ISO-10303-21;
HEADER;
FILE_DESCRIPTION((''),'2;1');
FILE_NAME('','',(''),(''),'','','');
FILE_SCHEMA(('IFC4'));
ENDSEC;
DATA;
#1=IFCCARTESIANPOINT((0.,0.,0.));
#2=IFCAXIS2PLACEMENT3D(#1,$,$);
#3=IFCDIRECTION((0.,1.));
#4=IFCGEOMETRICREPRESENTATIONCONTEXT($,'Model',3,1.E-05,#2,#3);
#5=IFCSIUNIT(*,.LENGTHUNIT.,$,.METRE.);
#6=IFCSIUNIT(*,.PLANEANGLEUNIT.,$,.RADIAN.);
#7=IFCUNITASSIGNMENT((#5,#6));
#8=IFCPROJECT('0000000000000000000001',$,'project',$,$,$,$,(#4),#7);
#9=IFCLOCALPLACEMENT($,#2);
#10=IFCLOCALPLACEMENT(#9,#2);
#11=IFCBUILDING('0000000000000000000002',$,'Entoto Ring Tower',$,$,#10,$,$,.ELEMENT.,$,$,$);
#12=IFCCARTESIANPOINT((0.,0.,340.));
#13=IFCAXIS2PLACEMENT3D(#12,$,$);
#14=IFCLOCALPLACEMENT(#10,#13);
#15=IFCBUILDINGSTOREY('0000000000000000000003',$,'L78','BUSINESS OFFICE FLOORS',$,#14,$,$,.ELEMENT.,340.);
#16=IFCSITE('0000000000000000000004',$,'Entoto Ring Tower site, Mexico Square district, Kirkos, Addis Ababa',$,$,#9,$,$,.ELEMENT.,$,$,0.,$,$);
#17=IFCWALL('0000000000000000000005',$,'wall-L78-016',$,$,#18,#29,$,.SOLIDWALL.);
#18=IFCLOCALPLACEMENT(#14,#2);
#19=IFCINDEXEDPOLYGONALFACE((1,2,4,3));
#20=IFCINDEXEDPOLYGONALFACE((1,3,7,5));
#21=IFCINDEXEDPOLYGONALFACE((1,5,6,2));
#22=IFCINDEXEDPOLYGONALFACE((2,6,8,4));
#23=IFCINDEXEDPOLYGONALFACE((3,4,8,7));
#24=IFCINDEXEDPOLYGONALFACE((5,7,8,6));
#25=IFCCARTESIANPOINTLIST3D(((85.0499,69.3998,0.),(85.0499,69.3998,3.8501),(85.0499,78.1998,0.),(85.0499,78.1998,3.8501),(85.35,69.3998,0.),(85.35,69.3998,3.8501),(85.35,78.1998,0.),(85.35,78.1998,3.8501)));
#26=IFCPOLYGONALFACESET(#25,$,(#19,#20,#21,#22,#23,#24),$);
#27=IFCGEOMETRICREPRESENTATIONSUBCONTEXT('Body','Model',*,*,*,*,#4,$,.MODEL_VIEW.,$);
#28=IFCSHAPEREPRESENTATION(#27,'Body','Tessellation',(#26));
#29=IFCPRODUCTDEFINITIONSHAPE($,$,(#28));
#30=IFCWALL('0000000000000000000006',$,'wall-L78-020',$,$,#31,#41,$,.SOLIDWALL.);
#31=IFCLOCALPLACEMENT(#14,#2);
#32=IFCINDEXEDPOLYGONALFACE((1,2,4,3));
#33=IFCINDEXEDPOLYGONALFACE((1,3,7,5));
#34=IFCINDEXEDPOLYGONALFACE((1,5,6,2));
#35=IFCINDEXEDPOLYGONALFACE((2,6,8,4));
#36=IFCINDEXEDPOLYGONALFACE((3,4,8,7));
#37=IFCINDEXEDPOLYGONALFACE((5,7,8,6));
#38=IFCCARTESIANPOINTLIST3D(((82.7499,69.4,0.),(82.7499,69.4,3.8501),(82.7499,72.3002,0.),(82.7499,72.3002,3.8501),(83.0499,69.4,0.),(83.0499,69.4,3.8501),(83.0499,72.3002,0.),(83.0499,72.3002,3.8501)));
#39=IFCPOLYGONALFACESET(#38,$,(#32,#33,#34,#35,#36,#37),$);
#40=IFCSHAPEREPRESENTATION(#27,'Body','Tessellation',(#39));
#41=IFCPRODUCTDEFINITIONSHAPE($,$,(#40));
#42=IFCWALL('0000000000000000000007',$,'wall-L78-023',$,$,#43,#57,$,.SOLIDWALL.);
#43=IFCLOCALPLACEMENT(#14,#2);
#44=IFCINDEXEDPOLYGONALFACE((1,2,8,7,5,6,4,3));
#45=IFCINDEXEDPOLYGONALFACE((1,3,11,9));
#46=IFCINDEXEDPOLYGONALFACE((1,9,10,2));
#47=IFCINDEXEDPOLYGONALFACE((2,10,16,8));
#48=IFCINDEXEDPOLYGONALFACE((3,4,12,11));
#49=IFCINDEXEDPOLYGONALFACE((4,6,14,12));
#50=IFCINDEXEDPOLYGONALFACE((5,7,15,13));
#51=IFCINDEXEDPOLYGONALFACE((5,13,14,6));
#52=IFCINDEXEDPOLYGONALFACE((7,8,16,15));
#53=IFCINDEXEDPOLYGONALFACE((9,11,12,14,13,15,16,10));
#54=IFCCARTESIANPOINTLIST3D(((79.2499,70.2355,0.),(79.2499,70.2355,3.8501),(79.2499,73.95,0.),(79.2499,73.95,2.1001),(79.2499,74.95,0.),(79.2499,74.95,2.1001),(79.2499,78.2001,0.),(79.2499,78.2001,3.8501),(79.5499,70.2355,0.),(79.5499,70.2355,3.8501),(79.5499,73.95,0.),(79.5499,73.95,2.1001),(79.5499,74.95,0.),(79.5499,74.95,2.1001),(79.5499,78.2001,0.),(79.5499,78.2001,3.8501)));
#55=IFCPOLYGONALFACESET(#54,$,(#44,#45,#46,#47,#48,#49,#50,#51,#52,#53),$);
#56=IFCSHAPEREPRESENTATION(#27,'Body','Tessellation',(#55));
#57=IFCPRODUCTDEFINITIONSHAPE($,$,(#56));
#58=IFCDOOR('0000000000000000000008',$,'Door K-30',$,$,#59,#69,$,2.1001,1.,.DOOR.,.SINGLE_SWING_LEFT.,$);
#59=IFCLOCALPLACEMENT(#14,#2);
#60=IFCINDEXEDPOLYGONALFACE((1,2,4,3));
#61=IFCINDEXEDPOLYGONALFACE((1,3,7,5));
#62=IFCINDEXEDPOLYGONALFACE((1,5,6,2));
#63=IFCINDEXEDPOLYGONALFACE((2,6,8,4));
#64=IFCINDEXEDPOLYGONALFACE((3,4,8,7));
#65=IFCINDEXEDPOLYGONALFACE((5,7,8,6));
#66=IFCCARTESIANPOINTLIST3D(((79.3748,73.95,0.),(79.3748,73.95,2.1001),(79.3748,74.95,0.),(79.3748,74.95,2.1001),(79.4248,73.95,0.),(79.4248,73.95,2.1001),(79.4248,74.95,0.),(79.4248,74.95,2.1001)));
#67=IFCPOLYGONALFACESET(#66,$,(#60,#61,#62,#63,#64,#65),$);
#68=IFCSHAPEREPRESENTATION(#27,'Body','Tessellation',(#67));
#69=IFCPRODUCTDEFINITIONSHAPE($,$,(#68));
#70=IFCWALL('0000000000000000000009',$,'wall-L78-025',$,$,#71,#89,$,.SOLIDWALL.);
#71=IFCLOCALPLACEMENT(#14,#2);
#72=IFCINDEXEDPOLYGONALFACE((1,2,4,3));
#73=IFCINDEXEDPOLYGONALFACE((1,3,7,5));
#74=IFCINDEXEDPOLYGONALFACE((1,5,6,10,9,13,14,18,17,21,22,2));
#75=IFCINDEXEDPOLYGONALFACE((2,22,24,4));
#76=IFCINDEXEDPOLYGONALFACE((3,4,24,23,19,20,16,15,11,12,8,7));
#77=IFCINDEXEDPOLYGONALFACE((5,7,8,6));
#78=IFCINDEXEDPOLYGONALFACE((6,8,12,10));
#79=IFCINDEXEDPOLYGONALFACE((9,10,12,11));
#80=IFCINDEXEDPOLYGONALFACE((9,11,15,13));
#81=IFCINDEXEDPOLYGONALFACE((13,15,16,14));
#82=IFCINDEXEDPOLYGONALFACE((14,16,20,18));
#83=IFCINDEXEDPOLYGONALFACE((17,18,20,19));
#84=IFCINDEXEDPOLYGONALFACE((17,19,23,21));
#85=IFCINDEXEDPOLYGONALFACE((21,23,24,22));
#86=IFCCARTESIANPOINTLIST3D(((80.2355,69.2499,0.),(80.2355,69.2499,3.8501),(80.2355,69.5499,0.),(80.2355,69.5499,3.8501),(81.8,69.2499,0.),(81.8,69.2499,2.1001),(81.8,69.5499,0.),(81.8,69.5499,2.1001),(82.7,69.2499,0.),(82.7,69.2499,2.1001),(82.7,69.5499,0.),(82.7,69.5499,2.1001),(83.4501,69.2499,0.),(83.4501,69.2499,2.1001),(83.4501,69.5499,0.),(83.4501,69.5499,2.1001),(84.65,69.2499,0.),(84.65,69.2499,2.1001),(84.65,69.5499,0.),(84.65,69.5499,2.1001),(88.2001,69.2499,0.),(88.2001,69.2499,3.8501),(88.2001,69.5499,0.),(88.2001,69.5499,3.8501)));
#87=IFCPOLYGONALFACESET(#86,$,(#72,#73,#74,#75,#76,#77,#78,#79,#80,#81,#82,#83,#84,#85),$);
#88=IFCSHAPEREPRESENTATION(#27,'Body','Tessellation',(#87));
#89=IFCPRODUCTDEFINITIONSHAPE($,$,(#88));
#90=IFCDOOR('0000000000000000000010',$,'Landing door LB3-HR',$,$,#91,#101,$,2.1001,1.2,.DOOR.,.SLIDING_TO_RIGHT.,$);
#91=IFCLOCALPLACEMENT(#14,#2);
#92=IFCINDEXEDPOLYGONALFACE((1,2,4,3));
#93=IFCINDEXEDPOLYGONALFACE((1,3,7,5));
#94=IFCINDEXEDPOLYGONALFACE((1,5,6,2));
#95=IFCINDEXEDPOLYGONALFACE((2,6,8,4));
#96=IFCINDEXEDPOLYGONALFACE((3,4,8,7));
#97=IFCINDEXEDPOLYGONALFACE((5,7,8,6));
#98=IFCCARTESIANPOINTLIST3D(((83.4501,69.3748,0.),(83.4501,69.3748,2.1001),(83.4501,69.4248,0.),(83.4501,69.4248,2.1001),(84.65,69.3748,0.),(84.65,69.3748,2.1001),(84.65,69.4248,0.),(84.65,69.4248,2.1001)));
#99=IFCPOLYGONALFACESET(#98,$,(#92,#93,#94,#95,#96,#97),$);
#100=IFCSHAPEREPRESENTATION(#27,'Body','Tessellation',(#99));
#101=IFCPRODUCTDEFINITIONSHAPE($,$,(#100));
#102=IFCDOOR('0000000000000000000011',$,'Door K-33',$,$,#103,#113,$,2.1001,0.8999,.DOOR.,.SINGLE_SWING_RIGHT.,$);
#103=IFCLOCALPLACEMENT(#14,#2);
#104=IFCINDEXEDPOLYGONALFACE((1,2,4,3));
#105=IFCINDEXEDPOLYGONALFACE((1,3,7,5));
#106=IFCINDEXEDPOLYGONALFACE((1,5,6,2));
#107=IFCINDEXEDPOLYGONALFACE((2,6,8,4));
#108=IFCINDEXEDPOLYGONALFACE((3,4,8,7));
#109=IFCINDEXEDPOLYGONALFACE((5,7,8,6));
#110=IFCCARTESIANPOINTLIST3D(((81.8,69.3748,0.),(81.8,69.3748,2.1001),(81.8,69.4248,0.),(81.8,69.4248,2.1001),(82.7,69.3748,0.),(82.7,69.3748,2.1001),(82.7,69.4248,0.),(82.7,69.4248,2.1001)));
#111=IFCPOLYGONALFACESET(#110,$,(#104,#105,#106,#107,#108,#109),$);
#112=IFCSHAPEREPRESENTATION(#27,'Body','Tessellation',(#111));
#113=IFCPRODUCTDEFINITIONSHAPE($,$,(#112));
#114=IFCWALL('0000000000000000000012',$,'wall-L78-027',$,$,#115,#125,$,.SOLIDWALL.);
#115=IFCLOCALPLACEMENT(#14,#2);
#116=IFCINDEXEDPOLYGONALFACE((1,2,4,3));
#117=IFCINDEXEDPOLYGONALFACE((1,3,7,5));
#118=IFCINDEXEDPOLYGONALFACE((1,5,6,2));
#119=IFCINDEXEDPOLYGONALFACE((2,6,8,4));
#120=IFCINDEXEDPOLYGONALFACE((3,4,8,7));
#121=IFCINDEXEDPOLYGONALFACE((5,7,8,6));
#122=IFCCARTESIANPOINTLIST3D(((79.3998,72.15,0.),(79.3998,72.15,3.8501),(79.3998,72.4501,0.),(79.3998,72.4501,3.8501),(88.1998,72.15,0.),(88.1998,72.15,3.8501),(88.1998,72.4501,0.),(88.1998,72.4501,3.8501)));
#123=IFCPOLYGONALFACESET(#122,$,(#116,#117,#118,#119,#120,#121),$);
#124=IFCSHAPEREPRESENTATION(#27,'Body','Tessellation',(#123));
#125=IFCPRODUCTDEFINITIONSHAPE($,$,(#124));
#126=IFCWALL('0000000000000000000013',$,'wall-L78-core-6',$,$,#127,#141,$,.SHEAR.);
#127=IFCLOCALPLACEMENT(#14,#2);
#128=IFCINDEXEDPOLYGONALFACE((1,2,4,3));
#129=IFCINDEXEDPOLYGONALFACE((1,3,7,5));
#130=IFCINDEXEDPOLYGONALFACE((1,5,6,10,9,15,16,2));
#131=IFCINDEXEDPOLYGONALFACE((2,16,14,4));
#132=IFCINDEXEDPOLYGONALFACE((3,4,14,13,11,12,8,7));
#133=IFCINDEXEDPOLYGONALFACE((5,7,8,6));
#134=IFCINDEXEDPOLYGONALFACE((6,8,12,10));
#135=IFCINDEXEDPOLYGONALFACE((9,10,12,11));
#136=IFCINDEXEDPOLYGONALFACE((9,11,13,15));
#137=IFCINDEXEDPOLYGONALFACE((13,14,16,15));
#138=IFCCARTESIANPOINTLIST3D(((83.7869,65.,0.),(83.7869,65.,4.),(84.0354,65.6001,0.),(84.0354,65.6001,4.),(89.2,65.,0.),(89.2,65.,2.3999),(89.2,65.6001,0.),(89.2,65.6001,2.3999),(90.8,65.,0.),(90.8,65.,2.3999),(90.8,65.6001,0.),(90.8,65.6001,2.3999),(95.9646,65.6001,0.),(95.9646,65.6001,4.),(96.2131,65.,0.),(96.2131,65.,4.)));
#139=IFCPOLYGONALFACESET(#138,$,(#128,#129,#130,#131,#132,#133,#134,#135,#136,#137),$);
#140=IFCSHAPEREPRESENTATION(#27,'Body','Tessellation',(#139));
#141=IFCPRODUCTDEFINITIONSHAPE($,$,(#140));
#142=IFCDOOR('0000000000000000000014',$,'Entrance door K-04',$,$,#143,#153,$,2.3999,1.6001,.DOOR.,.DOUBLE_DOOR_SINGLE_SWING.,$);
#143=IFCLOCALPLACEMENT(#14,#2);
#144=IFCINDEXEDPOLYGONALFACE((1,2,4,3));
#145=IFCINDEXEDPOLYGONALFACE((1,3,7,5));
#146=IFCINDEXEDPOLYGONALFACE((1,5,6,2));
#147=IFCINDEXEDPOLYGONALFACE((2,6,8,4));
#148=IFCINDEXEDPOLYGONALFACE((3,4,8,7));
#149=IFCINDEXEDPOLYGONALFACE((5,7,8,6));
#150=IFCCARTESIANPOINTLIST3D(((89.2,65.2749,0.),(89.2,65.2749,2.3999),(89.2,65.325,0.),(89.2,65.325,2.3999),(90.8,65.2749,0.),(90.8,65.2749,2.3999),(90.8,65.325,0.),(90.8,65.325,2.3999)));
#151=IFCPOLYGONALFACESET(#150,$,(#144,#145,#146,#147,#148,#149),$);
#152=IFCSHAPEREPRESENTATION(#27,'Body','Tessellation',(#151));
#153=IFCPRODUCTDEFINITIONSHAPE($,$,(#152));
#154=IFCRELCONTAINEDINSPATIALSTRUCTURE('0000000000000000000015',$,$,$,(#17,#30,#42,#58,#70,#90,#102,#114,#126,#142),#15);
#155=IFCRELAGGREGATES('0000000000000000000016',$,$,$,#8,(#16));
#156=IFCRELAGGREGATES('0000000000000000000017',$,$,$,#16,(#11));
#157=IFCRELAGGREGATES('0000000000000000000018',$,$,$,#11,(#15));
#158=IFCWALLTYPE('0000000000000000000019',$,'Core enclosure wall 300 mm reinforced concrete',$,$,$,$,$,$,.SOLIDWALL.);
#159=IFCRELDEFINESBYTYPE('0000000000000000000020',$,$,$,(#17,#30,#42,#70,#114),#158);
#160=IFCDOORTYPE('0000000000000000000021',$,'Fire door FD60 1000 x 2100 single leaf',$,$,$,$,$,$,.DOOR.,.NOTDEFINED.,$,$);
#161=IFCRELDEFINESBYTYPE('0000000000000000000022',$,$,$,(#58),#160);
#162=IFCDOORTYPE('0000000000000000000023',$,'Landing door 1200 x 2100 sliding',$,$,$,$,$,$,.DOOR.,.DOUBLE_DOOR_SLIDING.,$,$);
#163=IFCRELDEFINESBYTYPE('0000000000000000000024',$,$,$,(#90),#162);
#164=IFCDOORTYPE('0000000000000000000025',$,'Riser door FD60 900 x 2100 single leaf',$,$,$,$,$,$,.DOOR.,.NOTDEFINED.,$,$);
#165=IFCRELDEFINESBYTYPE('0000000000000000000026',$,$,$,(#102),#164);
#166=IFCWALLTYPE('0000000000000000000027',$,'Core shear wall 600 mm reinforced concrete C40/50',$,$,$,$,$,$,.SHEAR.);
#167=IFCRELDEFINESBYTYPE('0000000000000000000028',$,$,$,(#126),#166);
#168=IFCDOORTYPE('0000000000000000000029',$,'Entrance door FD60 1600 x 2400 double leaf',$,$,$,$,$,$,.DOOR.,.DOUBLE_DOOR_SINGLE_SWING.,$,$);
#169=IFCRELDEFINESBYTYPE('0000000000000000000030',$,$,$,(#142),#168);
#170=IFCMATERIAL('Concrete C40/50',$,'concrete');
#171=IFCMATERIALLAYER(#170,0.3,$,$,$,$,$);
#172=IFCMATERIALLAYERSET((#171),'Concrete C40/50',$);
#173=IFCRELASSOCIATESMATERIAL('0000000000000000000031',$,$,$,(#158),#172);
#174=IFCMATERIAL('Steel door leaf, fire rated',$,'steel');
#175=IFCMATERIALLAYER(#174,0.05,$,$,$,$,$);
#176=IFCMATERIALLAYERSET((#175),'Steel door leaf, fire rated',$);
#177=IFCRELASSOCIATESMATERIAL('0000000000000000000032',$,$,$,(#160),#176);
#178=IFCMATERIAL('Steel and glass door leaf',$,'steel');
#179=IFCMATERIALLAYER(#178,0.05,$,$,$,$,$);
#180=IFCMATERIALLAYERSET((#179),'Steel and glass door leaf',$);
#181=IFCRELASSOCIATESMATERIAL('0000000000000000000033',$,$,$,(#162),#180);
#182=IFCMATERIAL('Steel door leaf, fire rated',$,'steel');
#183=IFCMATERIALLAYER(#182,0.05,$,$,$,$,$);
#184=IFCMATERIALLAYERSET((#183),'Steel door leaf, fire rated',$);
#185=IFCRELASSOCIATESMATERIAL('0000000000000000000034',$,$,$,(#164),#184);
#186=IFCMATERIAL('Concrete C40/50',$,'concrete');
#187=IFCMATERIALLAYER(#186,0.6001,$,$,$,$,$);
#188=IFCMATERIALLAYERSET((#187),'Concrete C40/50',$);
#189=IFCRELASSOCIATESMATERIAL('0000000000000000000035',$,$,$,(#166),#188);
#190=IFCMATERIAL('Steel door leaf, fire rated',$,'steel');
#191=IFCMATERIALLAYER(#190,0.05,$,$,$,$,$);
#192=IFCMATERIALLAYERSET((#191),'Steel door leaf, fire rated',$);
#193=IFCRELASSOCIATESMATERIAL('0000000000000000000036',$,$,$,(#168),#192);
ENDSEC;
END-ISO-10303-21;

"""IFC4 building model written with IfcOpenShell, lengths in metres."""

from ifc_helpers import new_model, si_unit, direction, frame, frame_2d, origin, place, context, subcontext, project, spatial, polyline, rectangle, outline, extrude, material, layer, layer_set, type_object, element, fill, save


model = new_model("IFC4")

# Units and contexts
model_context = context("Model", 3, precision=1e-05, world=origin(), true_north=direction((0.0, 1.0)))
body_context = subcontext(model_context, "Body", "Model", "MODEL_VIEW")
ifc_project = project(units=[si_unit("LENGTHUNIT", "METRE"), si_unit("PLANEANGLEUNIT", "RADIAN")], contexts=[model_context])

# Site, building, storey
site_placement = place(None, origin())
site = spatial("IfcSite", under=ifc_project, at=site_placement, Name="Entoto Ring Tower site, Mexico Square district, Kirkos, Addis Ababa", CompositionType="ELEMENT", RefElevation=0.0)
building_placement = place(site_placement, origin())
building = spatial("IfcBuilding", under=site, at=building_placement, Name="Entoto Ring Tower", CompositionType="ELEMENT")
storey_placement = place(building_placement, frame((0.0, 0.0, 340.0)))
storey = spatial("IfcBuildingStorey", under=building, at=storey_placement, Name="L78", Description="BUSINESS OFFICE FLOORS", CompositionType="ELEMENT", Elevation=340.0)

# Walls
ifc_material_1 = material(Name="Concrete C40/50", Category="concrete")
ifc_layer_1 = layer(ifc_material_1, 0.3)
ifc_layer_set_1 = layer_set([ifc_layer_1], Name="Concrete C40/50")
wall_type_1 = type_object("IfcWallType", Name="Core enclosure wall 300 mm reinforced concrete", PredefinedType="SOLIDWALL", material=ifc_layer_set_1)
wall_1_placement = place(storey_placement, frame((85.2, 69.3999, 0.0), z_axis=(0.0, 0.0, 1.0), x_axis=(0.0, 1.0, 0.0)))
element("IfcWall", 1, at=wall_1_placement, inside=storey, type_object=wall_type_1, Name="wall-L78-016", PredefinedType="SOLIDWALL", context=body_context, shape_type="SweptSolid", body=[
    extrude(rectangle(XDim=8.8, YDim=0.3, at=frame_2d((4.3999, 0.0))), origin(), (0.0, 0.0, 1.0), 3.8501),
])
wall_2_placement = place(storey_placement, frame((82.8999, 69.3999, 0.0), z_axis=(0.0, 0.0, 1.0), x_axis=(0.0, 1.0, 0.0)))
element("IfcWall", 2, at=wall_2_placement, inside=storey, type_object=wall_type_1, Name="wall-L78-020", PredefinedType="SOLIDWALL", context=body_context, shape_type="SweptSolid", body=[
    extrude(rectangle(XDim=2.9001, YDim=0.3, at=frame_2d((1.4502, 0.0))), origin(), (0.0, 0.0, 1.0), 3.8501),
])

# Wall, opening, door
wall_3_placement = place(storey_placement, frame((79.3999, 70.2354, 0.0), z_axis=(0.0, 0.0, 1.0), x_axis=(0.0, 1.0, 0.0)))
wall_3 = element("IfcWall", 3, at=wall_3_placement, inside=storey, type_object=wall_type_1, Name="wall-L78-023", PredefinedType="SOLIDWALL", context=body_context, shape_type="SweptSolid", body=[
    extrude(rectangle(XDim=7.9646, YDim=0.3, at=frame_2d((3.9824, 0.0))), origin(), (0.0, 0.0, 1.0), 3.8501),
])
opening_1_placement = place(wall_3_placement, frame((3.7146, 0.0, 0.0)))
opening_1 = element("IfcOpeningElement", 4, at=opening_1_placement, cuts=wall_3, PredefinedType="OPENING", context=body_context, shape_type="SweptSolid", body=[
    extrude(rectangle(XDim=1.0, YDim=2.1001, at=frame_2d((0.5, 1.05))), frame((0.0, 0.1602, 0.0), z_axis=(0.0, -1.0, 0.0), x_axis=(1.0, 0.0, 0.0)), (0.0, 0.0, 1.0), 0.3201),
])
ifc_material_2 = material(Name="Steel door leaf, fire rated", Category="steel")
ifc_layer_2 = layer(ifc_material_2, 0.05)
ifc_layer_set_2 = layer_set([ifc_layer_2], Name="Steel door leaf, fire rated")
door_type_1 = type_object("IfcDoorType", Name="Fire door FD60 1000 x 2100 single leaf", OperationType="NOTDEFINED", PredefinedType="DOOR", material=ifc_layer_set_2)
door_1_placement = place(opening_1_placement, frame((1.0, 0.0, 0.0), z_axis=(0.0, 0.0, 1.0), x_axis=(-1.0, 0.0, 0.0)))
door_1 = element("IfcDoor", 5, at=door_1_placement, inside=storey, type_object=door_type_1, Name="Door K-30", OperationType="SINGLE_SWING_LEFT", OverallHeight=2.1001, OverallWidth=1.0, PredefinedType="DOOR", context=body_context, shape_type="SweptSolid", body=[
    extrude(rectangle(XDim=1.0, YDim=2.1001, at=frame_2d((0.5, 1.05))), frame((0.0, 0.0249, 0.0), z_axis=(0.0, -1.0, 0.0), x_axis=(1.0, 0.0, 0.0)), (0.0, 0.0, 1.0), 0.05),
])
fill(opening_1, door_1)

# Wall, openings, doors
wall_4_placement = place(storey_placement, frame((80.2354, 69.3999, 0.0), z_axis=(0.0, 0.0, 1.0), x_axis=(1.0, 0.0, 0.0)))
wall_4 = element("IfcWall", 6, at=wall_4_placement, inside=storey, type_object=wall_type_1, Name="wall-L78-025", PredefinedType="SOLIDWALL", context=body_context, shape_type="SweptSolid", body=[
    extrude(rectangle(XDim=7.9646, YDim=0.3, at=frame_2d((3.9824, 0.0))), origin(), (0.0, 0.0, 1.0), 3.8501),
])
opening_2_placement = place(wall_4_placement, frame((3.2146, 0.0, 0.0)))
opening_2 = element("IfcOpeningElement", 7, at=opening_2_placement, cuts=wall_4, PredefinedType="OPENING", context=body_context, shape_type="SweptSolid", body=[
    extrude(rectangle(XDim=1.2, YDim=2.1001, at=frame_2d((0.6001, 1.05))), frame((0.0, 0.1602, 0.0), z_axis=(0.0, -1.0, 0.0), x_axis=(1.0, 0.0, 0.0)), (0.0, 0.0, 1.0), 0.3201),
])
opening_3_placement = place(wall_4_placement, frame((1.5647, 0.0, 0.0)))
opening_3 = element("IfcOpeningElement", 8, at=opening_3_placement, cuts=wall_4, PredefinedType="OPENING", context=body_context, shape_type="SweptSolid", body=[
    extrude(rectangle(XDim=0.8999, YDim=2.1001, at=frame_2d((0.45, 1.05))), frame((0.0, 0.1602, 0.0), z_axis=(0.0, -1.0, 0.0), x_axis=(1.0, 0.0, 0.0)), (0.0, 0.0, 1.0), 0.3201),
])
ifc_material_3 = material(Name="Steel and glass door leaf", Category="steel")
ifc_layer_3 = layer(ifc_material_3, 0.05)
ifc_layer_set_3 = layer_set([ifc_layer_3], Name="Steel and glass door leaf")
door_type_2 = type_object("IfcDoorType", Name="Landing door 1200 x 2100 sliding", OperationType="DOUBLE_DOOR_SLIDING", PredefinedType="DOOR", material=ifc_layer_set_3)
door_2_placement = place(opening_2_placement, origin())
door_2 = element("IfcDoor", 9, at=door_2_placement, inside=storey, type_object=door_type_2, Name="Landing door LB3-HR", OperationType="SLIDING_TO_RIGHT", OverallHeight=2.1001, OverallWidth=1.2, PredefinedType="DOOR", context=body_context, shape_type="SweptSolid", body=[
    extrude(rectangle(XDim=1.2, YDim=2.1001, at=frame_2d((0.6001, 1.05))), frame((0.0, 0.0249, 0.0), z_axis=(0.0, -1.0, 0.0), x_axis=(1.0, 0.0, 0.0)), (0.0, 0.0, 1.0), 0.05),
])
fill(opening_2, door_2)
ifc_material_4 = material(Name="Steel door leaf, fire rated", Category="steel")
ifc_layer_4 = layer(ifc_material_4, 0.05)
ifc_layer_set_4 = layer_set([ifc_layer_4], Name="Steel door leaf, fire rated")
door_type_3 = type_object("IfcDoorType", Name="Riser door FD60 900 x 2100 single leaf", OperationType="NOTDEFINED", PredefinedType="DOOR", material=ifc_layer_set_4)
door_3_placement = place(opening_3_placement, origin())
door_3 = element("IfcDoor", 10, at=door_3_placement, inside=storey, type_object=door_type_3, Name="Door K-33", OperationType="SINGLE_SWING_RIGHT", OverallHeight=2.1001, OverallWidth=0.8999, PredefinedType="DOOR", context=body_context, shape_type="SweptSolid", body=[
    extrude(rectangle(XDim=0.8999, YDim=2.1001, at=frame_2d((0.45, 1.05))), frame((0.0, 0.0249, 0.0), z_axis=(0.0, -1.0, 0.0), x_axis=(1.0, 0.0, 0.0)), (0.0, 0.0, 1.0), 0.05),
])
fill(opening_3, door_3)

# Wall
wall_5_placement = place(storey_placement, frame((79.3999, 72.3, 0.0), z_axis=(0.0, 0.0, 1.0), x_axis=(1.0, 0.0, 0.0)))
element("IfcWall", 11, at=wall_5_placement, inside=storey, type_object=wall_type_1, Name="wall-L78-027", PredefinedType="SOLIDWALL", context=body_context, shape_type="SweptSolid", body=[
    extrude(rectangle(XDim=8.8, YDim=0.3, at=frame_2d((4.3999, 0.0))), origin(), (0.0, 0.0, 1.0), 3.8501),
])

# Wall, opening, door
ifc_material_5 = material(Name="Concrete C40/50", Category="concrete")
ifc_layer_5 = layer(ifc_material_5, 0.6001)
ifc_layer_set_5 = layer_set([ifc_layer_5], Name="Concrete C40/50")
wall_type_2 = type_object("IfcWallType", Name="Core shear wall 600 mm reinforced concrete C40/50", PredefinedType="SHEAR", material=ifc_layer_set_5)
wall_6_placement = place(storey_placement, frame((83.9111, 65.3, 0.0), z_axis=(0.0, 0.0, 1.0), x_axis=(1.0, 0.0, 0.0)))
wall_6 = element("IfcWall", 12, at=wall_6_placement, inside=storey, type_object=wall_type_2, Name="wall-L78-core-6", PredefinedType="SHEAR", context=body_context, shape_type="SweptSolid", body=[
    extrude(outline(polyline([(-0.1243, -0.3), (12.302, -0.3), (12.0535, 0.3), (0.1243, 0.3), (-0.1243, -0.3)])), origin(), (0.0, 0.0, 1.0), 4.0),
])
opening_4_placement = place(wall_6_placement, frame((5.2888, 0.0, 0.0)))
opening_4 = element("IfcOpeningElement", 13, at=opening_4_placement, cuts=wall_6, PredefinedType="OPENING", context=body_context, shape_type="SweptSolid", body=[
    extrude(rectangle(XDim=1.6001, YDim=2.3999, at=frame_2d((0.8, 1.2))), frame((0.0, 0.3101, 0.0), z_axis=(0.0, -1.0, 0.0), x_axis=(1.0, 0.0, 0.0)), (0.0, 0.0, 1.0), 0.6201),
])
ifc_material_6 = material(Name="Steel door leaf, fire rated", Category="steel")
ifc_layer_6 = layer(ifc_material_6, 0.05)
ifc_layer_set_6 = layer_set([ifc_layer_6], Name="Steel door leaf, fire rated")
door_type_4 = type_object("IfcDoorType", Name="Entrance door FD60 1600 x 2400 double leaf", OperationType="DOUBLE_DOOR_SINGLE_SWING", PredefinedType="DOOR", material=ifc_layer_set_6)
door_4_placement = place(opening_4_placement, origin())
door_4 = element("IfcDoor", 14, at=door_4_placement, inside=storey, type_object=door_type_4, Name="Entrance door K-04", OperationType="DOUBLE_DOOR_SINGLE_SWING", OverallHeight=2.3999, OverallWidth=1.6001, PredefinedType="DOOR", context=body_context, shape_type="SweptSolid", body=[
    extrude(rectangle(XDim=1.6001, YDim=2.3999, at=frame_2d((0.8, 1.2))), frame((0.0, 0.0249, 0.0), z_axis=(0.0, -1.0, 0.0), x_axis=(1.0, 0.0, 0.0)), (0.0, 0.0, 1.0), 0.05),
])
fill(opening_4, door_4)

save(model, "model.ifc")
